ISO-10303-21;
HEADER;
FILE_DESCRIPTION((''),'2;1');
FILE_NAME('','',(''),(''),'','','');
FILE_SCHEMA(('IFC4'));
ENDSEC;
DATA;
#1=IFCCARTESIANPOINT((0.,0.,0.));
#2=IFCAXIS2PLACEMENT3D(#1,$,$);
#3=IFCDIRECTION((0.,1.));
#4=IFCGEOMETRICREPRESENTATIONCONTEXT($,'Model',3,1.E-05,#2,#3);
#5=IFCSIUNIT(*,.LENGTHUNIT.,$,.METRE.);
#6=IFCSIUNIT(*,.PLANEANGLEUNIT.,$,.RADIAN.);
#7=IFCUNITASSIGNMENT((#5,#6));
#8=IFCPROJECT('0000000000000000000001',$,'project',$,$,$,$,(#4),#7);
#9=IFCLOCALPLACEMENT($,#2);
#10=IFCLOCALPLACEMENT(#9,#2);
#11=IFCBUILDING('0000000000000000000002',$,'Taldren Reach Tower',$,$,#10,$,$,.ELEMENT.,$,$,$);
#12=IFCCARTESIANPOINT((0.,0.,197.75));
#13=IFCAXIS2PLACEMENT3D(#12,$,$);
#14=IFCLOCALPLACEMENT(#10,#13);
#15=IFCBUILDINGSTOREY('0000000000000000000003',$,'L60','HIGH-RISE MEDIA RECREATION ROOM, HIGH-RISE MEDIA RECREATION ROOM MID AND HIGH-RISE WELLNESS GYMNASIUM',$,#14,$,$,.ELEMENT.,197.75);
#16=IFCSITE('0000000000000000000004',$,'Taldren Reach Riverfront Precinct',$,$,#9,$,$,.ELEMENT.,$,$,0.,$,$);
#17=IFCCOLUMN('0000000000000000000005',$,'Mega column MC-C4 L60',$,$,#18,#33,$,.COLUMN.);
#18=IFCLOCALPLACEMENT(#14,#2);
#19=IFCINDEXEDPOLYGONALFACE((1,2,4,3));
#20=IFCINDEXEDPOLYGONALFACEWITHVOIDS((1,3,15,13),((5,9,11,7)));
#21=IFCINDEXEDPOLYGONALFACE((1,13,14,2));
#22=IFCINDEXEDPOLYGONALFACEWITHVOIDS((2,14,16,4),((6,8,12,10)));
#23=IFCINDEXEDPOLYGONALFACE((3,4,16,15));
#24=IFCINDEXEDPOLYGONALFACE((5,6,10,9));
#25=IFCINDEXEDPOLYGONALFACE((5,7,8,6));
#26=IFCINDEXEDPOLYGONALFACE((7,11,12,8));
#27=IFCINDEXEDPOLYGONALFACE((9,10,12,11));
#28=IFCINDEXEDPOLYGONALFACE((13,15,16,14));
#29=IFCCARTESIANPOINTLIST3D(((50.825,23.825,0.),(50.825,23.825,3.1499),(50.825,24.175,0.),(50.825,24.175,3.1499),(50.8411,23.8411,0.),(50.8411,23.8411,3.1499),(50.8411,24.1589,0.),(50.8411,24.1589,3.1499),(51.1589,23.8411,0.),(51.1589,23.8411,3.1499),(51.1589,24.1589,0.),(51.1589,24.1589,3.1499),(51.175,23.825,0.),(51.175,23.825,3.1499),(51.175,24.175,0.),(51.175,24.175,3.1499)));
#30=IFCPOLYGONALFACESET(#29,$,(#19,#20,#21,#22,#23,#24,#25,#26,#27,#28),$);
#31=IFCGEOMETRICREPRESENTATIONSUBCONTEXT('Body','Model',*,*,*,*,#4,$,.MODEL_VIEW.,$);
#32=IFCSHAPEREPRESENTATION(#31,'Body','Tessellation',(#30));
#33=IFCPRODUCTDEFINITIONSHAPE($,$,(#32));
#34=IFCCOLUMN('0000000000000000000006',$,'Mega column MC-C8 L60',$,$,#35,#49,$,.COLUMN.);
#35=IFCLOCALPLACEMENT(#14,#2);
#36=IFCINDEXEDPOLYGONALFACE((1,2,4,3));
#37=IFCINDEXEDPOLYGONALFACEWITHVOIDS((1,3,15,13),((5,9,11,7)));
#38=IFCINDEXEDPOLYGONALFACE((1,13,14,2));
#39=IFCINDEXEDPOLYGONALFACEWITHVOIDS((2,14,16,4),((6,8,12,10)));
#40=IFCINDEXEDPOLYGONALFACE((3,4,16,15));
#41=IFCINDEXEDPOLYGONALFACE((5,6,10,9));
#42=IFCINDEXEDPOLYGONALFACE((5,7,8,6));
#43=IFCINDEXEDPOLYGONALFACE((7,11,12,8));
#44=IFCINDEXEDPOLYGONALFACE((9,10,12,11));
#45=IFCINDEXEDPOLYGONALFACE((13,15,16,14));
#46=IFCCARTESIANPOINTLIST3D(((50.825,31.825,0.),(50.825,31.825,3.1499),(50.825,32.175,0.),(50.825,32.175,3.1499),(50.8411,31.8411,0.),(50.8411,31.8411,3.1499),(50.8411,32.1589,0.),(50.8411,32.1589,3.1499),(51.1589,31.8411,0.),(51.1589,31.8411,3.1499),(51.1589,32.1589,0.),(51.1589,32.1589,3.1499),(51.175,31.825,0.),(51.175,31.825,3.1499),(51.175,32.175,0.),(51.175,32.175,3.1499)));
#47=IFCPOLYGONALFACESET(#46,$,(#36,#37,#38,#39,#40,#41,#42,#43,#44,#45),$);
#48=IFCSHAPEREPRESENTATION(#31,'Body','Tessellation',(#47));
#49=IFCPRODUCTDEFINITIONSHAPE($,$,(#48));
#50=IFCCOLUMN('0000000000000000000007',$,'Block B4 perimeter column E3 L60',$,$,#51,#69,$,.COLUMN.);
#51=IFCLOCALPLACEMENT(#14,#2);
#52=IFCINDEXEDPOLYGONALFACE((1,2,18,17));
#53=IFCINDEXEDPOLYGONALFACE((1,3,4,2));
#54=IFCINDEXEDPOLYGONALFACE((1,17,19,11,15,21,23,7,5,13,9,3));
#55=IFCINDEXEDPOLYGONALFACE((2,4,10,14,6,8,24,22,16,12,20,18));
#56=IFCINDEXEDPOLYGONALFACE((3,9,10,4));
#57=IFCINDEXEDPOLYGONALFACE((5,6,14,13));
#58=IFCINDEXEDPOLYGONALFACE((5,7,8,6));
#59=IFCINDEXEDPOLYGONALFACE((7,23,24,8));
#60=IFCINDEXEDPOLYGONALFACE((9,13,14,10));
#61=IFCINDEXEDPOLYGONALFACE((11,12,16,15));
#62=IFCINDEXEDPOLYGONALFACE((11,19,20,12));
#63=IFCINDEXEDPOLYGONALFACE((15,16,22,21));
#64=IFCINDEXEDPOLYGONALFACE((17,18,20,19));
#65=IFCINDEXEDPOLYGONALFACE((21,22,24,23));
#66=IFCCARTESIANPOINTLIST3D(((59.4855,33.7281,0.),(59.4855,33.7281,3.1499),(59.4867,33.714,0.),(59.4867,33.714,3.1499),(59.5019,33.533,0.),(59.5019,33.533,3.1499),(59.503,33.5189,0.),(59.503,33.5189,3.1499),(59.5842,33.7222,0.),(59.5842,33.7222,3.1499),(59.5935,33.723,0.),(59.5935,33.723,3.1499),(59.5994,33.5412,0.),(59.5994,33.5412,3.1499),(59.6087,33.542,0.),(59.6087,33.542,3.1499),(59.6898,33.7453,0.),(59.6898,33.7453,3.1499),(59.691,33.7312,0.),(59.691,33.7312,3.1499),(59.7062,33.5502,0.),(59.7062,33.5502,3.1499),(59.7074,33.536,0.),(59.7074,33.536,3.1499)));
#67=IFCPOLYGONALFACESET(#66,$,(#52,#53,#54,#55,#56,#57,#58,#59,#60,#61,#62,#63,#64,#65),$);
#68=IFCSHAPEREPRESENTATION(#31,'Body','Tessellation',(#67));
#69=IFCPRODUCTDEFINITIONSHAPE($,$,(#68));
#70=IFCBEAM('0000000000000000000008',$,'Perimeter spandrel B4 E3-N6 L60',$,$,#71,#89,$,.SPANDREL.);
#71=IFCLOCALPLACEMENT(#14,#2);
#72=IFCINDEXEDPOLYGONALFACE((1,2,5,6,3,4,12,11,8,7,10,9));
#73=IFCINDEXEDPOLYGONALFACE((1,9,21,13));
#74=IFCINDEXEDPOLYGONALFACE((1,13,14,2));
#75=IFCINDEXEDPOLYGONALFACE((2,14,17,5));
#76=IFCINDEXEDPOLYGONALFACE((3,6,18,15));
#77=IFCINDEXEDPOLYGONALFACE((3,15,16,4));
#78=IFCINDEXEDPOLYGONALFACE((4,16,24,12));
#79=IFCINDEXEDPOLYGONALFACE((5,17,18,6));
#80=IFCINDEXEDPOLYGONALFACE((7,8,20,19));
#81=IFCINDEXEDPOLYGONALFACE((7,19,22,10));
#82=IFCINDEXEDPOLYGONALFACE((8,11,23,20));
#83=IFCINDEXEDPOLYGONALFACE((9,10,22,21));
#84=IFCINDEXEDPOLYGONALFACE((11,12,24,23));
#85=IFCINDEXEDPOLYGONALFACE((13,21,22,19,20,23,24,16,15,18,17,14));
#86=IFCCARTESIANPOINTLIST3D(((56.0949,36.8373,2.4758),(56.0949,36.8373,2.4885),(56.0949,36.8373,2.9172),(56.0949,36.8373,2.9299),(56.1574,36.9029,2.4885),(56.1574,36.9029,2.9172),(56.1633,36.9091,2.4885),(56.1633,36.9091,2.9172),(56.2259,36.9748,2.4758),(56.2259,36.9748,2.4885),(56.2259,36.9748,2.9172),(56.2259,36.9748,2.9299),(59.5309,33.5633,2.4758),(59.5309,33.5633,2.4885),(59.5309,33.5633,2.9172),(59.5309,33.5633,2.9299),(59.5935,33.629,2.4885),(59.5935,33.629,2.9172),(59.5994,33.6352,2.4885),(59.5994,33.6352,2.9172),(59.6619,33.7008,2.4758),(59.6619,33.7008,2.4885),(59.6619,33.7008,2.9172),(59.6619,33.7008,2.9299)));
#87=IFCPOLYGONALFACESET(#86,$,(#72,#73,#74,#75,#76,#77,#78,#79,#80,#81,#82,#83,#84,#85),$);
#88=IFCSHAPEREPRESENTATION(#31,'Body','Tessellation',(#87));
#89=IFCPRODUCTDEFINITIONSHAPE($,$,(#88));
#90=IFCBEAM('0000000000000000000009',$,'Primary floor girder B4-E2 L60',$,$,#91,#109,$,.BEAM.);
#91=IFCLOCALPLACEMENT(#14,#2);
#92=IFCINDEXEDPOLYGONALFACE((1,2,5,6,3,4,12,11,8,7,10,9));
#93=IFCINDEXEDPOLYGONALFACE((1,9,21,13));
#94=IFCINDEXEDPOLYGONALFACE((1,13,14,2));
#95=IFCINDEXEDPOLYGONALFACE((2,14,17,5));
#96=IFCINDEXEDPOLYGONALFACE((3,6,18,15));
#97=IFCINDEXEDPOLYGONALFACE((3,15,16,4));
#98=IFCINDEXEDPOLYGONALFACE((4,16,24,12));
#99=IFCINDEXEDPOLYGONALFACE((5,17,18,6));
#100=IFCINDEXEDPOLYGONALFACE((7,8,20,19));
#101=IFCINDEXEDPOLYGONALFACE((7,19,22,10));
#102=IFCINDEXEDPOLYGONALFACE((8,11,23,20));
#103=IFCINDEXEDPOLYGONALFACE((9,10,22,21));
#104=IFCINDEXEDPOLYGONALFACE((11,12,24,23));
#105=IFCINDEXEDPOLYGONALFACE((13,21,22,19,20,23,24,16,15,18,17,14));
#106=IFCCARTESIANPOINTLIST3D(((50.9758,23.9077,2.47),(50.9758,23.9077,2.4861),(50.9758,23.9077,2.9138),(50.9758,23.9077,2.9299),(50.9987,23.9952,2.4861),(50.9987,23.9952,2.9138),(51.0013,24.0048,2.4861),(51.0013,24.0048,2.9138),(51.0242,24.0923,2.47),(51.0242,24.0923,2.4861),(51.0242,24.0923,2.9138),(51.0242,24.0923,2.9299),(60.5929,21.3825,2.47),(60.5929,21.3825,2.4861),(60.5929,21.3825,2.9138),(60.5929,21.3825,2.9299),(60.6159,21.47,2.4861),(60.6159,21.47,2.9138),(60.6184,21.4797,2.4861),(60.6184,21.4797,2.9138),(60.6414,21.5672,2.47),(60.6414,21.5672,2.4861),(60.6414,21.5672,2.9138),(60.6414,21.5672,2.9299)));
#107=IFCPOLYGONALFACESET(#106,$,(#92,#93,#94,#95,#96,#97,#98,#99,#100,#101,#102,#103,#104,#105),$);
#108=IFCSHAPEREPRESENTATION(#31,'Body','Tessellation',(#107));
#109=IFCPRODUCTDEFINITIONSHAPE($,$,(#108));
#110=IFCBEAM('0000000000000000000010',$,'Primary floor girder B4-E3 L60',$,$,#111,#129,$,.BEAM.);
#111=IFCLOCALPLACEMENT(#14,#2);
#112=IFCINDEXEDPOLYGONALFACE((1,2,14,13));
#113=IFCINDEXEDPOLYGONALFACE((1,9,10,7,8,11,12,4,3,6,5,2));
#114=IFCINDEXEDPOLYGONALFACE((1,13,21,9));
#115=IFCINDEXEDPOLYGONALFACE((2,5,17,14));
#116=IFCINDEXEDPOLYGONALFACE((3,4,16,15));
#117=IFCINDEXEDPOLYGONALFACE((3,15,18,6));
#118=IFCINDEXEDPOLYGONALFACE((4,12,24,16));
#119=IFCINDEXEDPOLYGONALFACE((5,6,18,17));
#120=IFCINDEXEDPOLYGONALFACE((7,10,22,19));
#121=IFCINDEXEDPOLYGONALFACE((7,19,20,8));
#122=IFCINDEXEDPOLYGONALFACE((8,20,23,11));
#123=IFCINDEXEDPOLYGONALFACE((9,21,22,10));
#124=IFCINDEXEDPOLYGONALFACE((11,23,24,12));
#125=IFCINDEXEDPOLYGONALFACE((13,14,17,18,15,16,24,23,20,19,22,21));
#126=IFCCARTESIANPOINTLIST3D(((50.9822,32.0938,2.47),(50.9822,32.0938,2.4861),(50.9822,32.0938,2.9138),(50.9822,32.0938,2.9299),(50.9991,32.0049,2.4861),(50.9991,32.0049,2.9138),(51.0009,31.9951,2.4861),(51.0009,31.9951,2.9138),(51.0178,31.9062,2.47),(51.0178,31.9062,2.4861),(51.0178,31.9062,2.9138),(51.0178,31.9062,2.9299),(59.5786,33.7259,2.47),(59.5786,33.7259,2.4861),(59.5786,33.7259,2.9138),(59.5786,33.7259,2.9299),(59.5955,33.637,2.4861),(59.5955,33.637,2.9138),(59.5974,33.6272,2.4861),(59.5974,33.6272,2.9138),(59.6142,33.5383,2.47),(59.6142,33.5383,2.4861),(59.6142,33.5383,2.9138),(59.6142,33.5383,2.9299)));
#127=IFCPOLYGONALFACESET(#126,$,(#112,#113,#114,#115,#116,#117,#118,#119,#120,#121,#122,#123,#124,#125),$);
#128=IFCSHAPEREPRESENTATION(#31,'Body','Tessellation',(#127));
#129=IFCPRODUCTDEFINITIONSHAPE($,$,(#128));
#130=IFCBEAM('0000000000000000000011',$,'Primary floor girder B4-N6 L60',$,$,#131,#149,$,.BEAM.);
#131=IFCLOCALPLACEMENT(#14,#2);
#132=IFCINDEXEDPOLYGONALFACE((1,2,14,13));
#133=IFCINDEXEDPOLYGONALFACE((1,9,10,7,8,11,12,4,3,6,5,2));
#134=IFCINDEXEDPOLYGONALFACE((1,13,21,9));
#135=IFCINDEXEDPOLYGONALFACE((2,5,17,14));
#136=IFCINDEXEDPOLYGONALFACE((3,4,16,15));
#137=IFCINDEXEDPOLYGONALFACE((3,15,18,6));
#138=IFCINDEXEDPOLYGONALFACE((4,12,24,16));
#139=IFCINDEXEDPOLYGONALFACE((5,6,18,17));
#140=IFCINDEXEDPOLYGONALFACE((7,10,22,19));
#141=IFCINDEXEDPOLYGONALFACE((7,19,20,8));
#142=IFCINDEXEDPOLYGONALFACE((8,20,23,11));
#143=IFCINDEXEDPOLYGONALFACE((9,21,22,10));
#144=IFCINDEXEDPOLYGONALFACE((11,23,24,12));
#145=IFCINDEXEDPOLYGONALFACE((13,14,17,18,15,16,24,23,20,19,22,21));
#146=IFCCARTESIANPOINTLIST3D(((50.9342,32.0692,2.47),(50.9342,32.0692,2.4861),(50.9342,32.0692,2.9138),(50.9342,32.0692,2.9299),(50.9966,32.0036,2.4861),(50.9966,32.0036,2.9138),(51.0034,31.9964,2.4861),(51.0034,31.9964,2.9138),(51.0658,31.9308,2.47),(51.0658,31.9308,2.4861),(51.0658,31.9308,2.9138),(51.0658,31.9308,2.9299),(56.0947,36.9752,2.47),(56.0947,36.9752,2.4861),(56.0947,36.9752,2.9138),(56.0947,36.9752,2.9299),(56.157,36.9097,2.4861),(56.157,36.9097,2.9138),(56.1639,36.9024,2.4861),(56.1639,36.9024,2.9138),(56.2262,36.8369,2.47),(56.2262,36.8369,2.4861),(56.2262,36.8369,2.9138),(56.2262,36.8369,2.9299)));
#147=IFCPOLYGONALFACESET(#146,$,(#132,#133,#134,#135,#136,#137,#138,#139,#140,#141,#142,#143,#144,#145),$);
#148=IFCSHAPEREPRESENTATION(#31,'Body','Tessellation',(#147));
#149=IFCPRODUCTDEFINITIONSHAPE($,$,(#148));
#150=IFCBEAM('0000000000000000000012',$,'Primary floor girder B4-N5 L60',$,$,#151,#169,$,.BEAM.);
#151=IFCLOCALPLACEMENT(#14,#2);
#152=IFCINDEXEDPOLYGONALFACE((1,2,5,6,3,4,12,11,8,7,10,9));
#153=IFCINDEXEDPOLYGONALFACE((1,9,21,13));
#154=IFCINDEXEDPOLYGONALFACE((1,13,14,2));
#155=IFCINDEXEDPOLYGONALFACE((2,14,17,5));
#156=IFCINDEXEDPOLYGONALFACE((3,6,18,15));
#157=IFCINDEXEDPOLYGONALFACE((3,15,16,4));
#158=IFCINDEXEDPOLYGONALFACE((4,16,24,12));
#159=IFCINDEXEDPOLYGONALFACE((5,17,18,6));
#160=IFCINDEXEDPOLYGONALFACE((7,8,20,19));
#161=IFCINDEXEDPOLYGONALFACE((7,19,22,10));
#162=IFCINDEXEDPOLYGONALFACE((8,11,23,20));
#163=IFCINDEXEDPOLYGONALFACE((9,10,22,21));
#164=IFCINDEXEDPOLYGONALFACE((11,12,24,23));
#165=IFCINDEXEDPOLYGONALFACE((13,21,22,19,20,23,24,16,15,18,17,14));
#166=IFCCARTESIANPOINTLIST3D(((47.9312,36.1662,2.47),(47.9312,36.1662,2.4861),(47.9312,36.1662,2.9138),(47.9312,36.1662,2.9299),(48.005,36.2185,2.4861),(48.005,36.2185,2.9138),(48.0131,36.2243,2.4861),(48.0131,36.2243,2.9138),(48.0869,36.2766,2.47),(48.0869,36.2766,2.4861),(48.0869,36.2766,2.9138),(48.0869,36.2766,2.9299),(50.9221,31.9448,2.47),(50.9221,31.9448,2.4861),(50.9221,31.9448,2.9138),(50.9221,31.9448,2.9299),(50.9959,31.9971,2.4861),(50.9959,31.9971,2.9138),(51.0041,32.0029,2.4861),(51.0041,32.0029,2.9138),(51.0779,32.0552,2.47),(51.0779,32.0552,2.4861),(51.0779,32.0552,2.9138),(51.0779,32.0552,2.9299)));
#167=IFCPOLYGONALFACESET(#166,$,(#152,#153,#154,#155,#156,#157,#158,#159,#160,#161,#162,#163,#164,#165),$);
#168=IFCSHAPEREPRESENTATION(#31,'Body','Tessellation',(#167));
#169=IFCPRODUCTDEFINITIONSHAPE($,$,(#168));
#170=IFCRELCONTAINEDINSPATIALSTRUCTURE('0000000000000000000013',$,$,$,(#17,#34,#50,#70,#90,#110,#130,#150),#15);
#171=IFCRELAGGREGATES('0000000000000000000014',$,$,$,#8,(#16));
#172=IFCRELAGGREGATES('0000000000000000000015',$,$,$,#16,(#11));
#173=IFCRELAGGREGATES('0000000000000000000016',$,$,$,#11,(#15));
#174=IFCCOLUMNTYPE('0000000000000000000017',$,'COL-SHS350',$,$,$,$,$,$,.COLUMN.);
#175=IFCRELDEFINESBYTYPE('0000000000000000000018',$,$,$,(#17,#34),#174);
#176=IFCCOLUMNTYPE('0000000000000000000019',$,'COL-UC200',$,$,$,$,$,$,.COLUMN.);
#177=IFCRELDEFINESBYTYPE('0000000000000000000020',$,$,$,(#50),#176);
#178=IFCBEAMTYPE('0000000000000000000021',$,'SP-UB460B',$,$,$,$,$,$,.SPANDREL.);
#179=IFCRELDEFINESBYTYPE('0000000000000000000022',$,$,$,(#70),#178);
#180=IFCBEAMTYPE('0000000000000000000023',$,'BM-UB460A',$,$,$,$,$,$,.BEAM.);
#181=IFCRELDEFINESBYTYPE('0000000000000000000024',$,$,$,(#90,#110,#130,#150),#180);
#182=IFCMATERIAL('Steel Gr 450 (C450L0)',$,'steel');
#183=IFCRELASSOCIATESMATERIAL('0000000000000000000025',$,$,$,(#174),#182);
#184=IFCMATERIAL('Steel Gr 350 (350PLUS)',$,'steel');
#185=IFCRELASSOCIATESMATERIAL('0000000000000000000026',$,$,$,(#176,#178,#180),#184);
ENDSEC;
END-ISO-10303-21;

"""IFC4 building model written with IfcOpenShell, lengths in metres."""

from ifc_helpers import new_model, si_unit, direction, frame, origin, origin_2d, place, context, subcontext, project, spatial, hollow_rectangle, i_section, extrude, source, transform, mapped, material, material_profile, profile_set, type_object, element, save


model = new_model("IFC4")

# Units and contexts
model_context = context("Model", 3, precision=1e-05, world=origin(), true_north=direction((0.0, 1.0)))
body_context = subcontext(model_context, "Body", "Model", "MODEL_VIEW")
ifc_project = project(units=[si_unit("LENGTHUNIT", "METRE"), si_unit("PLANEANGLEUNIT", "RADIAN")], contexts=[model_context])

# Site, building, storey
site_placement = place(None, origin())
site = spatial("IfcSite", under=ifc_project, at=site_placement, Name="Taldren Reach Riverfront Precinct", CompositionType="ELEMENT", RefElevation=0.0)
building_placement = place(site_placement, origin())
building = spatial("IfcBuilding", under=site, at=building_placement, Name="Taldren Reach Tower", CompositionType="ELEMENT")
storey_placement = place(building_placement, frame((0.0, 0.0, 197.75)))
storey = spatial("IfcBuildingStorey", under=building, at=storey_placement, Name="L60", Description="HIGH-RISE MEDIA RECREATION ROOM, HIGH-RISE MEDIA RECREATION ROOM MID AND HIGH-RISE WELLNESS GYMNASIUM", CompositionType="ELEMENT", Elevation=197.75)

# Columns
ifc_material_1 = material(Name="Steel Gr 450 (C450L0)", Category="steel")
ifc_material_profile_1 = material_profile(ifc_material_1, hollow_rectangle(XDim=0.3501, YDim=0.3501, WallThickness=0.0161, at=origin_2d()), Name="350x350x16.0SHS")
ifc_profile_set_1 = profile_set([ifc_material_profile_1], Name="Steel Gr 450 (C450L0)")
column_type_1 = type_object("IfcColumnType", Name="COL-SHS350", PredefinedType="COLUMN", material=ifc_profile_set_1)
shared_shape_1 = source(origin(), body_context, "Body", "SweptSolid", [
    extrude(hollow_rectangle(XDim=0.3501, YDim=0.3501, WallThickness=0.0161, at=origin_2d()), origin(), (0.0, 0.0, 1.0), 3.1499),
])
for number, where, z_axis, x_axis, name in (
    (1, (51.0, 24.0, 0.0), (0.0, 0.0, 1.0), (1.0, 0.0, 0.0), "Mega column MC-C4 L60"),
    (2, (51.0, 32.0, 0.0), (0.0, 0.0, 1.0), (1.0, 0.0, 0.0), "Mega column MC-C8 L60"),
):
    element("IfcColumn", number, at=place(storey_placement, frame(where, z_axis=z_axis, x_axis=x_axis)), inside=storey, type_object=column_type_1, Name=name, PredefinedType="COLUMN", context=body_context, shape_type="MappedRepresentation", body=[
        mapped(shared_shape_1, transform((0.0, 0.0, 0.0), scale=1.0)),
    ])
ifc_material_2 = material(Name="Steel Gr 350 (350PLUS)", Category="steel")
ifc_material_profile_2 = material_profile(ifc_material_2, i_section(OverallWidth=0.2051, OverallDepth=0.21, WebThickness=0.0093, FlangeThickness=0.0142, at=origin_2d()), Name="200UC59.5")
ifc_profile_set_2 = profile_set([ifc_material_profile_2], Name="Steel Gr 350 (350PLUS)")
column_type_2 = type_object("IfcColumnType", Name="COL-UC200", PredefinedType="COLUMN", material=ifc_profile_set_2)
shared_shape_2 = source(origin(), body_context, "Body", "SweptSolid", [
    extrude(i_section(OverallWidth=0.2051, OverallDepth=0.21, WebThickness=0.0093, FlangeThickness=0.0142, at=origin_2d()), origin(), (0.0, 0.0, 1.0), 3.1499),
])
column_placement = place(storey_placement, frame((59.5964, 33.6321, 0.0), z_axis=(0.0, 0.0, 1.0), x_axis=(0.996493, 0.083678, 0.0)))
element("IfcColumn", 3, at=column_placement, inside=storey, type_object=column_type_2, Name="Block B4 perimeter column E3 L60", PredefinedType="COLUMN", context=body_context, shape_type="MappedRepresentation", body=[
    mapped(shared_shape_2, transform((0.0, 0.0, 0.0), scale=1.0)),
])

# Beams
ifc_material_profile_3 = material_profile(ifc_material_2, i_section(OverallWidth=0.1899, OverallDepth=0.4541, WebThickness=0.0085, FlangeThickness=0.0127, at=origin_2d()), Name="460UB67.1")
ifc_profile_set_3 = profile_set([ifc_material_profile_3], Name="Steel Gr 350 (350PLUS)")
beam_type_1 = type_object("IfcBeamType", Name="SP-UB460B", PredefinedType="SPANDREL", material=ifc_profile_set_3)
shared_shape_3 = source(origin(), body_context, "Body", "SweptSolid", [
    extrude(i_section(OverallWidth=0.1899, OverallDepth=0.4541, WebThickness=0.0085, FlangeThickness=0.0127, at=origin_2d()), origin(), (0.0, 0.0, 1.0), 4.7461),
])
beam_1_placement = place(storey_placement, frame((59.5964, 33.6321, 2.7029), z_axis=(-0.723979, 0.689822, 0.0), x_axis=(-0.689822, -0.723979, 0.0)))
element("IfcBeam", 4, at=beam_1_placement, inside=storey, type_object=beam_type_1, Name="Perimeter spandrel B4 E3-N6 L60", PredefinedType="SPANDREL", context=body_context, shape_type="MappedRepresentation", body=[
    mapped(shared_shape_3, transform((0.0, 0.0, 0.0), scale=1.0)),
])
ifc_material_profile_4 = material_profile(ifc_material_2, i_section(OverallWidth=0.1909, OverallDepth=0.46, WebThickness=0.01, FlangeThickness=0.0161, at=origin_2d()), Name="460UB82.1")
ifc_profile_set_4 = profile_set([ifc_material_profile_4], Name="Steel Gr 350 (350PLUS)")
beam_type_2 = type_object("IfcBeamType", Name="BM-UB460A", PredefinedType="BEAM", material=ifc_profile_set_4)
shared_shape_4 = source(origin(), body_context, "Body", "SweptSolid", [
    extrude(i_section(OverallWidth=0.1909, OverallDepth=0.46, WebThickness=0.01, FlangeThickness=0.0161, at=origin_2d()), origin(), (0.0, 0.0, 1.0), 9.9431),
])
beam_2_placement = place(storey_placement, frame((51.0, 24.0, 2.7), z_axis=(0.967215, -0.253958, 0.0), x_axis=(0.253958, 0.967215, 0.0)))
element("IfcBeam", 5, at=beam_2_placement, inside=storey, type_object=beam_type_2, Name="Primary floor girder B4-E2 L60", PredefinedType="BEAM", context=body_context, shape_type="MappedRepresentation", body=[
    mapped(shared_shape_4, transform((0.0, 0.0, 0.0), scale=1.0)),
])
shared_shape_5 = source(origin(), body_context, "Body", "SweptSolid", [
    extrude(i_section(OverallWidth=0.1909, OverallDepth=0.46, WebThickness=0.01, FlangeThickness=0.0161, at=origin_2d()), origin(), (0.0, 0.0, 1.0), 8.75),
])
beam_3_placement = place(storey_placement, frame((51.0, 32.0, 2.7), z_axis=(0.98245, 0.186524, 0.0), x_axis=(-0.186524, 0.98245, 0.0)))
element("IfcBeam", 6, at=beam_3_placement, inside=storey, type_object=beam_type_2, Name="Primary floor girder B4-E3 L60", PredefinedType="BEAM", context=body_context, shape_type="MappedRepresentation", body=[
    mapped(shared_shape_5, transform((0.0, 0.0, 0.0), scale=1.0)),
])
shared_shape_6 = source(origin(), body_context, "Body", "SweptSolid", [
    extrude(i_section(OverallWidth=0.1909, OverallDepth=0.46, WebThickness=0.01, FlangeThickness=0.0161, at=origin_2d()), origin(), (0.0, 0.0, 1.0), 7.1204),
])
beam_4_placement = place(storey_placement, frame((51.0, 32.0, 2.7), z_axis=(0.724745, 0.689017, 0.0), x_axis=(-0.689017, 0.724745, 0.0)))
element("IfcBeam", 7, at=beam_4_placement, inside=storey, type_object=beam_type_2, Name="Primary floor girder B4-N6 L60", PredefinedType="BEAM", context=body_context, shape_type="MappedRepresentation", body=[
    mapped(shared_shape_6, transform((0.0, 0.0, 0.0), scale=1.0)),
])
shared_shape_7 = source(origin(), body_context, "Body", "SweptSolid", [
    extrude(i_section(OverallWidth=0.1909, OverallDepth=0.46, WebThickness=0.01, FlangeThickness=0.0161, at=origin_2d()), origin(), (0.0, 0.0, 1.0), 5.1736),
])
beam_5_placement = place(storey_placement, frame((51.0, 32.0, 2.7), z_axis=(-0.578118, 0.815953, 0.0), x_axis=(-0.815953, -0.578118, 0.0)))
element("IfcBeam", 8, at=beam_5_placement, inside=storey, type_object=beam_type_2, Name="Primary floor girder B4-N5 L60", PredefinedType="BEAM", context=body_context, shape_type="MappedRepresentation", body=[
    mapped(shared_shape_7, transform((0.0, 0.0, 0.0), scale=1.0)),
])

save(model, "model.ifc")
